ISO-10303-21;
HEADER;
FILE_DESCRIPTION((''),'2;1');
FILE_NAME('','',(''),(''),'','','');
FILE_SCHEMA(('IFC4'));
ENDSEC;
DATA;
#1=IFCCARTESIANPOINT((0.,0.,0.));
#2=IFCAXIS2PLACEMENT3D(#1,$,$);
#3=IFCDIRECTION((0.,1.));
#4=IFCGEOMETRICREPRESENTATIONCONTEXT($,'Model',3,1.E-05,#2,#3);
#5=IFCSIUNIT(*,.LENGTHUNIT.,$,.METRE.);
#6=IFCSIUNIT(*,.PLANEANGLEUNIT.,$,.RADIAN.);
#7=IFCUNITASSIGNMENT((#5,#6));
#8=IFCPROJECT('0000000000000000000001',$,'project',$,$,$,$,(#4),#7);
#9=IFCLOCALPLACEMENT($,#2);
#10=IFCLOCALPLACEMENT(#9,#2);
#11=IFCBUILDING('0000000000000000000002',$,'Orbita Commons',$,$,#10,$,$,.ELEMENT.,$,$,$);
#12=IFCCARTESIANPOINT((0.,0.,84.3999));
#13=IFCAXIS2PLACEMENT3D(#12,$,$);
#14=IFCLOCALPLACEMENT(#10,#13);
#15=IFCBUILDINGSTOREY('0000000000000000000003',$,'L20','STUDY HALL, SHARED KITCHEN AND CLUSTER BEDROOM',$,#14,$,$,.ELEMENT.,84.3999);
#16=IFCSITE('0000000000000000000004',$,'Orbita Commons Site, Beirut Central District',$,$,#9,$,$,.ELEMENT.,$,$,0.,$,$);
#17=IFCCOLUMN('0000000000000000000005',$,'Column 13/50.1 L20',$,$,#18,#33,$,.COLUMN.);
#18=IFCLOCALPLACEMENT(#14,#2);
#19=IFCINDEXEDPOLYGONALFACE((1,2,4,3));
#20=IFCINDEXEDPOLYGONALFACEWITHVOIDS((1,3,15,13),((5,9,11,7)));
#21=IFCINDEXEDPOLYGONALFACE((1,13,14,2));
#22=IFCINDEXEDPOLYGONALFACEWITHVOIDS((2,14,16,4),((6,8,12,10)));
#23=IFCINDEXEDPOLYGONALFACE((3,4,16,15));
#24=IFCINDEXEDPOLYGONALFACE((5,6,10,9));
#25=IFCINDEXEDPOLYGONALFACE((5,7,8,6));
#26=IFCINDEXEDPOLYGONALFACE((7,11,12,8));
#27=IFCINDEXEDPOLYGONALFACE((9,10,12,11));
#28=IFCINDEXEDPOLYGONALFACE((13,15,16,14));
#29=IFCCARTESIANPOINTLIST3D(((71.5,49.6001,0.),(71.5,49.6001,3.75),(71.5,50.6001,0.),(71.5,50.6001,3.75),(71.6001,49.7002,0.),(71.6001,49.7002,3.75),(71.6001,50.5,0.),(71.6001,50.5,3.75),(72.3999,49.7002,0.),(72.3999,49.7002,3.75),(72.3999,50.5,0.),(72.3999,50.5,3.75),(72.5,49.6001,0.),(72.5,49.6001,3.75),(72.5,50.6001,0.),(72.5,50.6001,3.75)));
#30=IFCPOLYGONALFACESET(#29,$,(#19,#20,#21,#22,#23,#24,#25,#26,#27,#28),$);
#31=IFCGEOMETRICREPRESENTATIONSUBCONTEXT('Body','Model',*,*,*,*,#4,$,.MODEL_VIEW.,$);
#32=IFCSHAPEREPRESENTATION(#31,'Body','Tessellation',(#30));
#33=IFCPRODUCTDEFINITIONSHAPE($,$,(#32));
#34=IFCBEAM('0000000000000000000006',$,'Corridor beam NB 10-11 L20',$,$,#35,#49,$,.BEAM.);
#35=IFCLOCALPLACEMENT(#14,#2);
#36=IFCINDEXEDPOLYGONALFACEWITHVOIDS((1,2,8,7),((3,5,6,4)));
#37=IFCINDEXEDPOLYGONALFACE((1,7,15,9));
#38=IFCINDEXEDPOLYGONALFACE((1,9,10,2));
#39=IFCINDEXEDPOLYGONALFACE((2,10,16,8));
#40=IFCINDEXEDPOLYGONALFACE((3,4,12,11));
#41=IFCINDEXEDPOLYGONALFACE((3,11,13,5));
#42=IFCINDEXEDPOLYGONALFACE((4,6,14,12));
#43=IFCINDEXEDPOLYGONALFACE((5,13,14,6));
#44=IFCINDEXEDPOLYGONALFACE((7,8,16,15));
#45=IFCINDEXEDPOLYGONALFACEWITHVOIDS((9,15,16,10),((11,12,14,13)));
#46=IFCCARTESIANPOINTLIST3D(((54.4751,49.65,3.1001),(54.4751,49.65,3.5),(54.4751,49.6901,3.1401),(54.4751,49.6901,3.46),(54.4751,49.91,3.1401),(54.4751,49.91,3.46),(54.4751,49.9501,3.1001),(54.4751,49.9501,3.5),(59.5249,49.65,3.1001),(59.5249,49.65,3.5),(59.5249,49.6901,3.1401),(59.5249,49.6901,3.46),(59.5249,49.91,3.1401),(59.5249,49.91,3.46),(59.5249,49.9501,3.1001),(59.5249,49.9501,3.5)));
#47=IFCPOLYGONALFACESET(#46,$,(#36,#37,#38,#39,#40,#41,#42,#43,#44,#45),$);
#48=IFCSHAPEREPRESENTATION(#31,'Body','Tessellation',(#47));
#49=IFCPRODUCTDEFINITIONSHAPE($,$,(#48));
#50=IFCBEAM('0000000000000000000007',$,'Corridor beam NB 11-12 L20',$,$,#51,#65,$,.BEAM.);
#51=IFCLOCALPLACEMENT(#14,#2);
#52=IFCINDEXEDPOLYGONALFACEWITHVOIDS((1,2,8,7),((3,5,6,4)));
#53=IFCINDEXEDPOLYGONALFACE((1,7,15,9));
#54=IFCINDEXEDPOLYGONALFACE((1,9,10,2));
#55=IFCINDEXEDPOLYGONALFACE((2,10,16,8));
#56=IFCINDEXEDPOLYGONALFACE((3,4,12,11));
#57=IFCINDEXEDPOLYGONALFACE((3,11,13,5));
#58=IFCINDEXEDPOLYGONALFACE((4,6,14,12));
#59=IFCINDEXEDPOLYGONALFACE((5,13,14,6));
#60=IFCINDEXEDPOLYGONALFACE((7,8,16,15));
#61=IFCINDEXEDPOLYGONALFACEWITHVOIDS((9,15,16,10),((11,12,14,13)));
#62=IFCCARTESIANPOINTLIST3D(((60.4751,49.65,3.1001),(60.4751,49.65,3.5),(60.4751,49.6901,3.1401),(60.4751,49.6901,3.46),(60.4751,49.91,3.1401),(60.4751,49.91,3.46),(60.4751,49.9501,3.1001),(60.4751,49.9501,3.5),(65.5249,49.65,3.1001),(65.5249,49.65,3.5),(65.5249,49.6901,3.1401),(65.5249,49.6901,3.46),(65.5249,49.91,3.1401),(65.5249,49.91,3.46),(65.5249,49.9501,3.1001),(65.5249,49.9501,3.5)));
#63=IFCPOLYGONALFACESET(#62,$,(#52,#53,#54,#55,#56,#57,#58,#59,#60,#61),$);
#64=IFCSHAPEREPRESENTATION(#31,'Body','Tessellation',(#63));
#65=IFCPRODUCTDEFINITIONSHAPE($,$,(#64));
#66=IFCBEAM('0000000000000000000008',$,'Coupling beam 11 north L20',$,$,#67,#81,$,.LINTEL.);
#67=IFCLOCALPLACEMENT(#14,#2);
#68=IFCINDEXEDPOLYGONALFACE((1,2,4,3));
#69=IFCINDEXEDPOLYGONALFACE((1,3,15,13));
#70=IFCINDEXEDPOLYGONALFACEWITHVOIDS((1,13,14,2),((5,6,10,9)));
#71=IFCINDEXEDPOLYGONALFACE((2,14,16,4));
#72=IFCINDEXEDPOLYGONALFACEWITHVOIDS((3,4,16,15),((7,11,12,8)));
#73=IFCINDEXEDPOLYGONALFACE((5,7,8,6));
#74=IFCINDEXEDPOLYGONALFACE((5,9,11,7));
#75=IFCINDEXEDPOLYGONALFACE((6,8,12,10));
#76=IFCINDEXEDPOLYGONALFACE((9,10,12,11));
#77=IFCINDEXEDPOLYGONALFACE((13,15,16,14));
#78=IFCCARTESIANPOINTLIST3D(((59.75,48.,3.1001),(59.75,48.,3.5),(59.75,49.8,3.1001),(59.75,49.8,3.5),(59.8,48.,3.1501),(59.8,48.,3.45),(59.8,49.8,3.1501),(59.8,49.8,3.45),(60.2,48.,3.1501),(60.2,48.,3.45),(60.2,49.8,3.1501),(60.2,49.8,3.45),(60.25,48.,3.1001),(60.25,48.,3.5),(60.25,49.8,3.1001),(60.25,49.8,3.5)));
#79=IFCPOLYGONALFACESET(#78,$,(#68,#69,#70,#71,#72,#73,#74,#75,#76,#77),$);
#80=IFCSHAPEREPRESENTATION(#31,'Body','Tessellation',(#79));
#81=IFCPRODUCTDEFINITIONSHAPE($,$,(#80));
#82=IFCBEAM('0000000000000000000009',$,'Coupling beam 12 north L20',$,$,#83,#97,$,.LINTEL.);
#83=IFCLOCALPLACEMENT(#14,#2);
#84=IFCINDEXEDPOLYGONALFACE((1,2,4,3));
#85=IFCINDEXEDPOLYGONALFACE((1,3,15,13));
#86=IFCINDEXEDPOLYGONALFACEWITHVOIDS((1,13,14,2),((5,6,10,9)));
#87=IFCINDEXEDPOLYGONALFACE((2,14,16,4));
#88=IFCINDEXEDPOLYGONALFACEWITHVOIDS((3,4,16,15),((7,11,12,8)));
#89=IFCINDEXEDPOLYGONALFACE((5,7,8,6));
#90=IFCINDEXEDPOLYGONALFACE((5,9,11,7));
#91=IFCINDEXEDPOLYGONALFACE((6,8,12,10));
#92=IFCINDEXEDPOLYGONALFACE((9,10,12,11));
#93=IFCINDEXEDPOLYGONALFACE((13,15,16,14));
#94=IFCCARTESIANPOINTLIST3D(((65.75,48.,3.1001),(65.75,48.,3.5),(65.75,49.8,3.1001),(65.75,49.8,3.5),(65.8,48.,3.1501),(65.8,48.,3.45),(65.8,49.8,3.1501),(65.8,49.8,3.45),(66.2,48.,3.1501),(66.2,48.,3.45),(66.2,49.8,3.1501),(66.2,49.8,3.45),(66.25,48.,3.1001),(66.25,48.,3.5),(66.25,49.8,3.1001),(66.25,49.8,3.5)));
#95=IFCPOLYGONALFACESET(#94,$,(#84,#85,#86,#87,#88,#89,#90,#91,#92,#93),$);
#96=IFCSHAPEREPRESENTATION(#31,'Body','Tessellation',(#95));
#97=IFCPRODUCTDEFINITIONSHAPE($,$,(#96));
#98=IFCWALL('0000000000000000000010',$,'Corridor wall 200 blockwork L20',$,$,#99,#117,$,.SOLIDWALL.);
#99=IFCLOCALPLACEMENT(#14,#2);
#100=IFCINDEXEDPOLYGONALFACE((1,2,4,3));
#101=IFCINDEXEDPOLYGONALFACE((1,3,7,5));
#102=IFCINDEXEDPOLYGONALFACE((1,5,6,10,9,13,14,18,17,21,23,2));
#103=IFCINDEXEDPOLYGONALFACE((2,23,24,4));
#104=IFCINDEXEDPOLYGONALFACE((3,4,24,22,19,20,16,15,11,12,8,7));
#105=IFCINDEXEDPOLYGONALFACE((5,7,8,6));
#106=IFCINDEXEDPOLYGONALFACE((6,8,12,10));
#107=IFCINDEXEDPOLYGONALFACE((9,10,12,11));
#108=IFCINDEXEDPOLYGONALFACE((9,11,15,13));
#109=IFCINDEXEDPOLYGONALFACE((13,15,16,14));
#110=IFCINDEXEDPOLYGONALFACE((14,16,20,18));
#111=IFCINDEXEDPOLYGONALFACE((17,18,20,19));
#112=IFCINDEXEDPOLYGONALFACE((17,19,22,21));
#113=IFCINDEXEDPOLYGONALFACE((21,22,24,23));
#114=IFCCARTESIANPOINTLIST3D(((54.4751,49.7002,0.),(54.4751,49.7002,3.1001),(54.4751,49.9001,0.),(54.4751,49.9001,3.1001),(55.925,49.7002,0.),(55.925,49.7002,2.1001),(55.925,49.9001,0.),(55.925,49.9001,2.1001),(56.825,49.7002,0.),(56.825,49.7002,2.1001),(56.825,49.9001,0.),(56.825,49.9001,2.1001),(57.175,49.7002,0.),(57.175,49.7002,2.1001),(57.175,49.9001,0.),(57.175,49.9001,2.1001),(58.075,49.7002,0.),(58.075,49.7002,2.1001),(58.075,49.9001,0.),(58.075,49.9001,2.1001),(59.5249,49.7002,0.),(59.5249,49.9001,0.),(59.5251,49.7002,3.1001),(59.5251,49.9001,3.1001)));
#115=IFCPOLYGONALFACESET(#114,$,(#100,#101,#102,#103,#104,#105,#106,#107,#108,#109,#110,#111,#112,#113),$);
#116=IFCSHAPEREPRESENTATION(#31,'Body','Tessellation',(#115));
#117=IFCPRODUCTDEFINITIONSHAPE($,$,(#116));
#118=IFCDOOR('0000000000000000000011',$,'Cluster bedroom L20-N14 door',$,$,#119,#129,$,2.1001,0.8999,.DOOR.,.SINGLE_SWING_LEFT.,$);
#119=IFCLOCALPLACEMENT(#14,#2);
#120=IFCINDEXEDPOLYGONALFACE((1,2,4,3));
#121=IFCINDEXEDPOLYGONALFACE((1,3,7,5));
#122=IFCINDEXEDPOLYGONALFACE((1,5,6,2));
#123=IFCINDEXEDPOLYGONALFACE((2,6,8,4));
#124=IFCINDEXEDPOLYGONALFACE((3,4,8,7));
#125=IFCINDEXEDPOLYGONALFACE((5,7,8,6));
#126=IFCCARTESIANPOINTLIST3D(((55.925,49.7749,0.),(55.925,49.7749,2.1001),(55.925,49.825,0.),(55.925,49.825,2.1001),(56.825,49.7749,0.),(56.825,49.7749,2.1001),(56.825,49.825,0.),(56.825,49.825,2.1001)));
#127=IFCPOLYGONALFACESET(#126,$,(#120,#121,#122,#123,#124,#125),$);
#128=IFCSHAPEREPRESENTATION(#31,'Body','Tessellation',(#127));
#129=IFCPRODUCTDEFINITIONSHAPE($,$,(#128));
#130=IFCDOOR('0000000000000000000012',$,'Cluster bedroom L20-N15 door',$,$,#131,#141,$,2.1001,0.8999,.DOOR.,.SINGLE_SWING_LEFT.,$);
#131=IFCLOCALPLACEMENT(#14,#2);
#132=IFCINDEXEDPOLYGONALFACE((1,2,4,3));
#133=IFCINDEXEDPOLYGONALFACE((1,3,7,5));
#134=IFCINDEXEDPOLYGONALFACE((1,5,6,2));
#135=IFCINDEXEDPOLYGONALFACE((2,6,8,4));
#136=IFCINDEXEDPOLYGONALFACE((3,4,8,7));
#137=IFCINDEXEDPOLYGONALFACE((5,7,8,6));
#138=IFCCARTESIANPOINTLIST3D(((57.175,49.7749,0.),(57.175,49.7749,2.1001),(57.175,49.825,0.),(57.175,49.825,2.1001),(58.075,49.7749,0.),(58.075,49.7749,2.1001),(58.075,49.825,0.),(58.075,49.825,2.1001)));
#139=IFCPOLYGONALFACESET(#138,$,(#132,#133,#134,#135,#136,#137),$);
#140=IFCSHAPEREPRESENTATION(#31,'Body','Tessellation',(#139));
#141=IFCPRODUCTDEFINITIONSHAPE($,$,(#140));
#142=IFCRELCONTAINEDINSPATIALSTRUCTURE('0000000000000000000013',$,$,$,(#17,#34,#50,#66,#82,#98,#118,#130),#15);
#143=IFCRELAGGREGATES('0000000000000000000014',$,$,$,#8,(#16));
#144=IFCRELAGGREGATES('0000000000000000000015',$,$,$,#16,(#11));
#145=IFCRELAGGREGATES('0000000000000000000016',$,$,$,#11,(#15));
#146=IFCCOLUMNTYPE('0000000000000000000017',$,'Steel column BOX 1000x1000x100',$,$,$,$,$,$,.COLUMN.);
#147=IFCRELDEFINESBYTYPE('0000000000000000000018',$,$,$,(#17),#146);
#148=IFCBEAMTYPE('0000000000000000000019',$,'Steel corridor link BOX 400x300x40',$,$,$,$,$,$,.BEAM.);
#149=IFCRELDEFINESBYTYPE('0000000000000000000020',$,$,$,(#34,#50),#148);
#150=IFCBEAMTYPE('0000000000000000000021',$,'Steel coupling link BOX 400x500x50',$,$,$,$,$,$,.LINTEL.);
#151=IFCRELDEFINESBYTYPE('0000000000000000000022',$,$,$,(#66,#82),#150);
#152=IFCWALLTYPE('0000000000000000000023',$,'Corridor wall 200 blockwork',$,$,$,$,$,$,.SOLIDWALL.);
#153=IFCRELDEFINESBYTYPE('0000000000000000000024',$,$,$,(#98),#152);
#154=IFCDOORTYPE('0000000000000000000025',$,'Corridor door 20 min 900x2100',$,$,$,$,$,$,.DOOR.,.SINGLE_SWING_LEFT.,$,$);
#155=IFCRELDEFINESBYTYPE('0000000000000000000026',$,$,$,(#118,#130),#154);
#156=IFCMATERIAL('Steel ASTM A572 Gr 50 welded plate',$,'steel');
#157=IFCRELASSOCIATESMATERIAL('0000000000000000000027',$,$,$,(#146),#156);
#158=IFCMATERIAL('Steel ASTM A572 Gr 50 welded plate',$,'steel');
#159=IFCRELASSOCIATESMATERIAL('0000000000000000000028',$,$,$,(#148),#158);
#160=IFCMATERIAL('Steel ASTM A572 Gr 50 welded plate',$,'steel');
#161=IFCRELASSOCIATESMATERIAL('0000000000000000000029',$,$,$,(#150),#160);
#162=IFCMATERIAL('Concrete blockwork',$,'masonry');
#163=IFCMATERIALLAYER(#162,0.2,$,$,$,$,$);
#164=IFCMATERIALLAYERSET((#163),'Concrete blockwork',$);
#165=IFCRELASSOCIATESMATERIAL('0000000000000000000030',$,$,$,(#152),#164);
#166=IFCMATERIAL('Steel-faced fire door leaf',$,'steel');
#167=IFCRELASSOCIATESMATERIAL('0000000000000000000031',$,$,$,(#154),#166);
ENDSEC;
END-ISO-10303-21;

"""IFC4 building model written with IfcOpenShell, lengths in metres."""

from ifc_helpers import new_model, si_unit, direction, frame, frame_2d, origin, origin_2d, place, context, subcontext, project, spatial, polyline, rectangle, hollow_rectangle, outline, extrude, material, layer, layer_set, material_profile, profile_set, type_object, element, fill, save


model = new_model("IFC4")

# Units and contexts
model_context = context("Model", 3, precision=1e-05, world=origin(), true_north=direction((0.0, 1.0)))
body_context = subcontext(model_context, "Body", "Model", "MODEL_VIEW")
ifc_project = project(units=[si_unit("LENGTHUNIT", "METRE"), si_unit("PLANEANGLEUNIT", "RADIAN")], contexts=[model_context])

# Site, building, storey
site_placement = place(None, origin())
site = spatial("IfcSite", under=ifc_project, at=site_placement, Name="Orbita Commons Site, Beirut Central District", CompositionType="ELEMENT", RefElevation=0.0)
building_placement = place(site_placement, origin())
building = spatial("IfcBuilding", under=site, at=building_placement, Name="Orbita Commons", CompositionType="ELEMENT")
storey_placement = place(building_placement, frame((0.0, 0.0, 84.3999)))
storey = spatial("IfcBuildingStorey", under=building, at=storey_placement, Name="L20", Description="STUDY HALL, SHARED KITCHEN AND CLUSTER BEDROOM", CompositionType="ELEMENT", Elevation=84.3999)

# Column
ifc_material_1 = material(Name="Steel ASTM A572 Gr 50 welded plate", Category="steel")
ifc_material_profile_1 = material_profile(ifc_material_1, hollow_rectangle(XDim=1.0, YDim=1.0, WallThickness=0.1001, at=origin_2d()), Name="BOX 1000x1000x100")
ifc_profile_set_1 = profile_set([ifc_material_profile_1], Name="Steel ASTM A572 Gr 50 welded plate")
column_type = type_object("IfcColumnType", Name="Steel column BOX 1000x1000x100", PredefinedType="COLUMN", material=ifc_profile_set_1)
column_placement = place(storey_placement, frame((72.0, 50.1001, 0.0), z_axis=(0.0, 0.0, 1.0), x_axis=(1.0, 0.0, 0.0)))
element("IfcColumn", 1, at=column_placement, inside=storey, type_object=column_type, Name="Column 13/50.1 L20", PredefinedType="COLUMN", context=body_context, shape_type="SweptSolid", body=[
    extrude(hollow_rectangle(XDim=1.0, YDim=1.0, WallThickness=0.1001, at=origin_2d()), origin(), (0.0, 0.0, 1.0), 3.75),
])

# Beams
ifc_material_2 = material(Name="Steel ASTM A572 Gr 50 welded plate", Category="steel")
ifc_material_profile_2 = material_profile(ifc_material_2, hollow_rectangle(XDim=0.3, YDim=0.3999, WallThickness=0.04, at=origin_2d()), Name="BOX 400x300x40")
ifc_profile_set_2 = profile_set([ifc_material_profile_2], Name="Steel ASTM A572 Gr 50 welded plate")
beam_type_1 = type_object("IfcBeamType", Name="Steel corridor link BOX 400x300x40", PredefinedType="BEAM", material=ifc_profile_set_2)
for number, where, z_axis, x_axis, name in (
    (2, (54.4751, 49.8, 3.3), (1.0, 0.0, 0.0), (0.0, 1.0, 0.0), "Corridor beam NB 10-11 L20"),
    (3, (60.4751, 49.8, 3.3), (1.0, 0.0, 0.0), (0.0, 1.0, 0.0), "Corridor beam NB 11-12 L20"),
):
    element("IfcBeam", number, at=place(storey_placement, frame(where, z_axis=z_axis, x_axis=x_axis)), inside=storey, type_object=beam_type_1, Name=name, PredefinedType="BEAM", context=body_context, shape_type="SweptSolid", body=[
        extrude(hollow_rectangle(XDim=0.3, YDim=0.3999, WallThickness=0.04, at=origin_2d()), origin(), (0.0, 0.0, 1.0), 5.0498),
    ])
ifc_material_3 = material(Name="Steel ASTM A572 Gr 50 welded plate", Category="steel")
ifc_material_profile_3 = material_profile(ifc_material_3, hollow_rectangle(XDim=0.5, YDim=0.3999, WallThickness=0.05, at=origin_2d()), Name="BOX 400x500x50")
ifc_profile_set_3 = profile_set([ifc_material_profile_3], Name="Steel ASTM A572 Gr 50 welded plate")
beam_type_2 = type_object("IfcBeamType", Name="Steel coupling link BOX 400x500x50", PredefinedType="LINTEL", material=ifc_profile_set_3)
for number, where, z_axis, x_axis, name in (
    (4, (60.0, 48.0, 3.3), (0.0, 1.0, 0.0), (-1.0, 0.0, 0.0), "Coupling beam 11 north L20"),
    (5, (66.0, 48.0, 3.3), (0.0, 1.0, 0.0), (-1.0, 0.0, 0.0), "Coupling beam 12 north L20"),
):
    element("IfcBeam", number, at=place(storey_placement, frame(where, z_axis=z_axis, x_axis=x_axis)), inside=storey, type_object=beam_type_2, Name=name, PredefinedType="LINTEL", context=body_context, shape_type="SweptSolid", body=[
        extrude(hollow_rectangle(XDim=0.5, YDim=0.3999, WallThickness=0.05, at=origin_2d()), origin(), (0.0, 0.0, 1.0), 1.8),
    ])

# Wall, openings, doors
ifc_material_4 = material(Name="Concrete blockwork", Category="masonry")
ifc_layer_1 = layer(ifc_material_4, 0.2)
ifc_layer_set_1 = layer_set([ifc_layer_1], Name="Concrete blockwork")
wall_type_1 = type_object("IfcWallType", Name="Corridor wall 200 blockwork", PredefinedType="SOLIDWALL", material=ifc_layer_set_1)
wall_1_placement = place(storey_placement, frame((54.4751, 49.8, 0.0), z_axis=(0.0, 0.0, 1.0), x_axis=(1.0, 0.0, 0.0)))
wall_1 = element("IfcWall", 6, at=wall_1_placement, inside=storey, type_object=wall_type_1, Name="Corridor wall 200 blockwork L20", PredefinedType="SOLIDWALL", context=body_context, shape_type="SweptSolid", body=[
    extrude(outline(polyline([(0.0, 0.0), (5.0498, 0.0), (5.05, 3.1001), (0.0, 3.1001), (0.0, 0.0)])), frame((0.0, 0.1001, 0.0), z_axis=(0.0, -1.0, 0.0), x_axis=(1.0, 0.0, 0.0)), (0.0, 0.0, 1.0), 0.2),
])
opening_1_placement = place(wall_1_placement, frame((1.45, 0.0, 0.0)))
opening_1 = element("IfcOpeningElement", 7, at=opening_1_placement, cuts=wall_1, PredefinedType="OPENING", context=body_context, shape_type="SweptSolid", body=[
    extrude(rectangle(XDim=0.8999, YDim=2.1001, at=frame_2d((0.45, 1.05))), frame((0.0, 0.1099, 0.0), z_axis=(0.0, -1.0, 0.0), x_axis=(1.0, 0.0, 0.0)), (0.0, 0.0, 1.0), 0.22),
])
opening_2_placement = place(wall_1_placement, frame((2.7, 0.0, 0.0)))
opening_2 = element("IfcOpeningElement", 8, at=opening_2_placement, cuts=wall_1, PredefinedType="OPENING", context=body_context, shape_type="SweptSolid", body=[
    extrude(rectangle(XDim=0.8999, YDim=2.1001, at=frame_2d((0.45, 1.05))), frame((0.0, 0.1099, 0.0), z_axis=(0.0, -1.0, 0.0), x_axis=(1.0, 0.0, 0.0)), (0.0, 0.0, 1.0), 0.22),
])
ifc_material_5 = material(Name="Steel-faced fire door leaf", Category="steel")
door_type_1 = type_object("IfcDoorType", Name="Corridor door 20 min 900x2100", OperationType="SINGLE_SWING_LEFT", PredefinedType="DOOR", material=ifc_material_5)
door_1_placement = place(opening_1_placement, origin())
door_1 = element("IfcDoor", 9, at=door_1_placement, inside=storey, type_object=door_type_1, Name="Cluster bedroom L20-N14 door", OperationType="SINGLE_SWING_LEFT", OverallHeight=2.1001, OverallWidth=0.8999, PredefinedType="DOOR", context=body_context, shape_type="SweptSolid", body=[
    extrude(rectangle(XDim=0.8999, YDim=2.1001, at=frame_2d((0.45, 1.05))), frame((0.0, 0.0249, 0.0), z_axis=(0.0, -1.0, 0.0), x_axis=(1.0, 0.0, 0.0)), (0.0, 0.0, 1.0), 0.05),
])
fill(opening_1, door_1)
door_2_placement = place(opening_2_placement, origin())
door_2 = element("IfcDoor", 10, at=door_2_placement, inside=storey, type_object=door_type_1, Name="Cluster bedroom L20-N15 door", OperationType="SINGLE_SWING_LEFT", OverallHeight=2.1001, OverallWidth=0.8999, PredefinedType="DOOR", context=body_context, shape_type="SweptSolid", body=[
    extrude(rectangle(XDim=0.8999, YDim=2.1001, at=frame_2d((0.45, 1.05))), frame((0.0, 0.0249, 0.0), z_axis=(0.0, -1.0, 0.0), x_axis=(1.0, 0.0, 0.0)), (0.0, 0.0, 1.0), 0.05),
])
fill(opening_2, door_2)

save(model, "model.ifc")
